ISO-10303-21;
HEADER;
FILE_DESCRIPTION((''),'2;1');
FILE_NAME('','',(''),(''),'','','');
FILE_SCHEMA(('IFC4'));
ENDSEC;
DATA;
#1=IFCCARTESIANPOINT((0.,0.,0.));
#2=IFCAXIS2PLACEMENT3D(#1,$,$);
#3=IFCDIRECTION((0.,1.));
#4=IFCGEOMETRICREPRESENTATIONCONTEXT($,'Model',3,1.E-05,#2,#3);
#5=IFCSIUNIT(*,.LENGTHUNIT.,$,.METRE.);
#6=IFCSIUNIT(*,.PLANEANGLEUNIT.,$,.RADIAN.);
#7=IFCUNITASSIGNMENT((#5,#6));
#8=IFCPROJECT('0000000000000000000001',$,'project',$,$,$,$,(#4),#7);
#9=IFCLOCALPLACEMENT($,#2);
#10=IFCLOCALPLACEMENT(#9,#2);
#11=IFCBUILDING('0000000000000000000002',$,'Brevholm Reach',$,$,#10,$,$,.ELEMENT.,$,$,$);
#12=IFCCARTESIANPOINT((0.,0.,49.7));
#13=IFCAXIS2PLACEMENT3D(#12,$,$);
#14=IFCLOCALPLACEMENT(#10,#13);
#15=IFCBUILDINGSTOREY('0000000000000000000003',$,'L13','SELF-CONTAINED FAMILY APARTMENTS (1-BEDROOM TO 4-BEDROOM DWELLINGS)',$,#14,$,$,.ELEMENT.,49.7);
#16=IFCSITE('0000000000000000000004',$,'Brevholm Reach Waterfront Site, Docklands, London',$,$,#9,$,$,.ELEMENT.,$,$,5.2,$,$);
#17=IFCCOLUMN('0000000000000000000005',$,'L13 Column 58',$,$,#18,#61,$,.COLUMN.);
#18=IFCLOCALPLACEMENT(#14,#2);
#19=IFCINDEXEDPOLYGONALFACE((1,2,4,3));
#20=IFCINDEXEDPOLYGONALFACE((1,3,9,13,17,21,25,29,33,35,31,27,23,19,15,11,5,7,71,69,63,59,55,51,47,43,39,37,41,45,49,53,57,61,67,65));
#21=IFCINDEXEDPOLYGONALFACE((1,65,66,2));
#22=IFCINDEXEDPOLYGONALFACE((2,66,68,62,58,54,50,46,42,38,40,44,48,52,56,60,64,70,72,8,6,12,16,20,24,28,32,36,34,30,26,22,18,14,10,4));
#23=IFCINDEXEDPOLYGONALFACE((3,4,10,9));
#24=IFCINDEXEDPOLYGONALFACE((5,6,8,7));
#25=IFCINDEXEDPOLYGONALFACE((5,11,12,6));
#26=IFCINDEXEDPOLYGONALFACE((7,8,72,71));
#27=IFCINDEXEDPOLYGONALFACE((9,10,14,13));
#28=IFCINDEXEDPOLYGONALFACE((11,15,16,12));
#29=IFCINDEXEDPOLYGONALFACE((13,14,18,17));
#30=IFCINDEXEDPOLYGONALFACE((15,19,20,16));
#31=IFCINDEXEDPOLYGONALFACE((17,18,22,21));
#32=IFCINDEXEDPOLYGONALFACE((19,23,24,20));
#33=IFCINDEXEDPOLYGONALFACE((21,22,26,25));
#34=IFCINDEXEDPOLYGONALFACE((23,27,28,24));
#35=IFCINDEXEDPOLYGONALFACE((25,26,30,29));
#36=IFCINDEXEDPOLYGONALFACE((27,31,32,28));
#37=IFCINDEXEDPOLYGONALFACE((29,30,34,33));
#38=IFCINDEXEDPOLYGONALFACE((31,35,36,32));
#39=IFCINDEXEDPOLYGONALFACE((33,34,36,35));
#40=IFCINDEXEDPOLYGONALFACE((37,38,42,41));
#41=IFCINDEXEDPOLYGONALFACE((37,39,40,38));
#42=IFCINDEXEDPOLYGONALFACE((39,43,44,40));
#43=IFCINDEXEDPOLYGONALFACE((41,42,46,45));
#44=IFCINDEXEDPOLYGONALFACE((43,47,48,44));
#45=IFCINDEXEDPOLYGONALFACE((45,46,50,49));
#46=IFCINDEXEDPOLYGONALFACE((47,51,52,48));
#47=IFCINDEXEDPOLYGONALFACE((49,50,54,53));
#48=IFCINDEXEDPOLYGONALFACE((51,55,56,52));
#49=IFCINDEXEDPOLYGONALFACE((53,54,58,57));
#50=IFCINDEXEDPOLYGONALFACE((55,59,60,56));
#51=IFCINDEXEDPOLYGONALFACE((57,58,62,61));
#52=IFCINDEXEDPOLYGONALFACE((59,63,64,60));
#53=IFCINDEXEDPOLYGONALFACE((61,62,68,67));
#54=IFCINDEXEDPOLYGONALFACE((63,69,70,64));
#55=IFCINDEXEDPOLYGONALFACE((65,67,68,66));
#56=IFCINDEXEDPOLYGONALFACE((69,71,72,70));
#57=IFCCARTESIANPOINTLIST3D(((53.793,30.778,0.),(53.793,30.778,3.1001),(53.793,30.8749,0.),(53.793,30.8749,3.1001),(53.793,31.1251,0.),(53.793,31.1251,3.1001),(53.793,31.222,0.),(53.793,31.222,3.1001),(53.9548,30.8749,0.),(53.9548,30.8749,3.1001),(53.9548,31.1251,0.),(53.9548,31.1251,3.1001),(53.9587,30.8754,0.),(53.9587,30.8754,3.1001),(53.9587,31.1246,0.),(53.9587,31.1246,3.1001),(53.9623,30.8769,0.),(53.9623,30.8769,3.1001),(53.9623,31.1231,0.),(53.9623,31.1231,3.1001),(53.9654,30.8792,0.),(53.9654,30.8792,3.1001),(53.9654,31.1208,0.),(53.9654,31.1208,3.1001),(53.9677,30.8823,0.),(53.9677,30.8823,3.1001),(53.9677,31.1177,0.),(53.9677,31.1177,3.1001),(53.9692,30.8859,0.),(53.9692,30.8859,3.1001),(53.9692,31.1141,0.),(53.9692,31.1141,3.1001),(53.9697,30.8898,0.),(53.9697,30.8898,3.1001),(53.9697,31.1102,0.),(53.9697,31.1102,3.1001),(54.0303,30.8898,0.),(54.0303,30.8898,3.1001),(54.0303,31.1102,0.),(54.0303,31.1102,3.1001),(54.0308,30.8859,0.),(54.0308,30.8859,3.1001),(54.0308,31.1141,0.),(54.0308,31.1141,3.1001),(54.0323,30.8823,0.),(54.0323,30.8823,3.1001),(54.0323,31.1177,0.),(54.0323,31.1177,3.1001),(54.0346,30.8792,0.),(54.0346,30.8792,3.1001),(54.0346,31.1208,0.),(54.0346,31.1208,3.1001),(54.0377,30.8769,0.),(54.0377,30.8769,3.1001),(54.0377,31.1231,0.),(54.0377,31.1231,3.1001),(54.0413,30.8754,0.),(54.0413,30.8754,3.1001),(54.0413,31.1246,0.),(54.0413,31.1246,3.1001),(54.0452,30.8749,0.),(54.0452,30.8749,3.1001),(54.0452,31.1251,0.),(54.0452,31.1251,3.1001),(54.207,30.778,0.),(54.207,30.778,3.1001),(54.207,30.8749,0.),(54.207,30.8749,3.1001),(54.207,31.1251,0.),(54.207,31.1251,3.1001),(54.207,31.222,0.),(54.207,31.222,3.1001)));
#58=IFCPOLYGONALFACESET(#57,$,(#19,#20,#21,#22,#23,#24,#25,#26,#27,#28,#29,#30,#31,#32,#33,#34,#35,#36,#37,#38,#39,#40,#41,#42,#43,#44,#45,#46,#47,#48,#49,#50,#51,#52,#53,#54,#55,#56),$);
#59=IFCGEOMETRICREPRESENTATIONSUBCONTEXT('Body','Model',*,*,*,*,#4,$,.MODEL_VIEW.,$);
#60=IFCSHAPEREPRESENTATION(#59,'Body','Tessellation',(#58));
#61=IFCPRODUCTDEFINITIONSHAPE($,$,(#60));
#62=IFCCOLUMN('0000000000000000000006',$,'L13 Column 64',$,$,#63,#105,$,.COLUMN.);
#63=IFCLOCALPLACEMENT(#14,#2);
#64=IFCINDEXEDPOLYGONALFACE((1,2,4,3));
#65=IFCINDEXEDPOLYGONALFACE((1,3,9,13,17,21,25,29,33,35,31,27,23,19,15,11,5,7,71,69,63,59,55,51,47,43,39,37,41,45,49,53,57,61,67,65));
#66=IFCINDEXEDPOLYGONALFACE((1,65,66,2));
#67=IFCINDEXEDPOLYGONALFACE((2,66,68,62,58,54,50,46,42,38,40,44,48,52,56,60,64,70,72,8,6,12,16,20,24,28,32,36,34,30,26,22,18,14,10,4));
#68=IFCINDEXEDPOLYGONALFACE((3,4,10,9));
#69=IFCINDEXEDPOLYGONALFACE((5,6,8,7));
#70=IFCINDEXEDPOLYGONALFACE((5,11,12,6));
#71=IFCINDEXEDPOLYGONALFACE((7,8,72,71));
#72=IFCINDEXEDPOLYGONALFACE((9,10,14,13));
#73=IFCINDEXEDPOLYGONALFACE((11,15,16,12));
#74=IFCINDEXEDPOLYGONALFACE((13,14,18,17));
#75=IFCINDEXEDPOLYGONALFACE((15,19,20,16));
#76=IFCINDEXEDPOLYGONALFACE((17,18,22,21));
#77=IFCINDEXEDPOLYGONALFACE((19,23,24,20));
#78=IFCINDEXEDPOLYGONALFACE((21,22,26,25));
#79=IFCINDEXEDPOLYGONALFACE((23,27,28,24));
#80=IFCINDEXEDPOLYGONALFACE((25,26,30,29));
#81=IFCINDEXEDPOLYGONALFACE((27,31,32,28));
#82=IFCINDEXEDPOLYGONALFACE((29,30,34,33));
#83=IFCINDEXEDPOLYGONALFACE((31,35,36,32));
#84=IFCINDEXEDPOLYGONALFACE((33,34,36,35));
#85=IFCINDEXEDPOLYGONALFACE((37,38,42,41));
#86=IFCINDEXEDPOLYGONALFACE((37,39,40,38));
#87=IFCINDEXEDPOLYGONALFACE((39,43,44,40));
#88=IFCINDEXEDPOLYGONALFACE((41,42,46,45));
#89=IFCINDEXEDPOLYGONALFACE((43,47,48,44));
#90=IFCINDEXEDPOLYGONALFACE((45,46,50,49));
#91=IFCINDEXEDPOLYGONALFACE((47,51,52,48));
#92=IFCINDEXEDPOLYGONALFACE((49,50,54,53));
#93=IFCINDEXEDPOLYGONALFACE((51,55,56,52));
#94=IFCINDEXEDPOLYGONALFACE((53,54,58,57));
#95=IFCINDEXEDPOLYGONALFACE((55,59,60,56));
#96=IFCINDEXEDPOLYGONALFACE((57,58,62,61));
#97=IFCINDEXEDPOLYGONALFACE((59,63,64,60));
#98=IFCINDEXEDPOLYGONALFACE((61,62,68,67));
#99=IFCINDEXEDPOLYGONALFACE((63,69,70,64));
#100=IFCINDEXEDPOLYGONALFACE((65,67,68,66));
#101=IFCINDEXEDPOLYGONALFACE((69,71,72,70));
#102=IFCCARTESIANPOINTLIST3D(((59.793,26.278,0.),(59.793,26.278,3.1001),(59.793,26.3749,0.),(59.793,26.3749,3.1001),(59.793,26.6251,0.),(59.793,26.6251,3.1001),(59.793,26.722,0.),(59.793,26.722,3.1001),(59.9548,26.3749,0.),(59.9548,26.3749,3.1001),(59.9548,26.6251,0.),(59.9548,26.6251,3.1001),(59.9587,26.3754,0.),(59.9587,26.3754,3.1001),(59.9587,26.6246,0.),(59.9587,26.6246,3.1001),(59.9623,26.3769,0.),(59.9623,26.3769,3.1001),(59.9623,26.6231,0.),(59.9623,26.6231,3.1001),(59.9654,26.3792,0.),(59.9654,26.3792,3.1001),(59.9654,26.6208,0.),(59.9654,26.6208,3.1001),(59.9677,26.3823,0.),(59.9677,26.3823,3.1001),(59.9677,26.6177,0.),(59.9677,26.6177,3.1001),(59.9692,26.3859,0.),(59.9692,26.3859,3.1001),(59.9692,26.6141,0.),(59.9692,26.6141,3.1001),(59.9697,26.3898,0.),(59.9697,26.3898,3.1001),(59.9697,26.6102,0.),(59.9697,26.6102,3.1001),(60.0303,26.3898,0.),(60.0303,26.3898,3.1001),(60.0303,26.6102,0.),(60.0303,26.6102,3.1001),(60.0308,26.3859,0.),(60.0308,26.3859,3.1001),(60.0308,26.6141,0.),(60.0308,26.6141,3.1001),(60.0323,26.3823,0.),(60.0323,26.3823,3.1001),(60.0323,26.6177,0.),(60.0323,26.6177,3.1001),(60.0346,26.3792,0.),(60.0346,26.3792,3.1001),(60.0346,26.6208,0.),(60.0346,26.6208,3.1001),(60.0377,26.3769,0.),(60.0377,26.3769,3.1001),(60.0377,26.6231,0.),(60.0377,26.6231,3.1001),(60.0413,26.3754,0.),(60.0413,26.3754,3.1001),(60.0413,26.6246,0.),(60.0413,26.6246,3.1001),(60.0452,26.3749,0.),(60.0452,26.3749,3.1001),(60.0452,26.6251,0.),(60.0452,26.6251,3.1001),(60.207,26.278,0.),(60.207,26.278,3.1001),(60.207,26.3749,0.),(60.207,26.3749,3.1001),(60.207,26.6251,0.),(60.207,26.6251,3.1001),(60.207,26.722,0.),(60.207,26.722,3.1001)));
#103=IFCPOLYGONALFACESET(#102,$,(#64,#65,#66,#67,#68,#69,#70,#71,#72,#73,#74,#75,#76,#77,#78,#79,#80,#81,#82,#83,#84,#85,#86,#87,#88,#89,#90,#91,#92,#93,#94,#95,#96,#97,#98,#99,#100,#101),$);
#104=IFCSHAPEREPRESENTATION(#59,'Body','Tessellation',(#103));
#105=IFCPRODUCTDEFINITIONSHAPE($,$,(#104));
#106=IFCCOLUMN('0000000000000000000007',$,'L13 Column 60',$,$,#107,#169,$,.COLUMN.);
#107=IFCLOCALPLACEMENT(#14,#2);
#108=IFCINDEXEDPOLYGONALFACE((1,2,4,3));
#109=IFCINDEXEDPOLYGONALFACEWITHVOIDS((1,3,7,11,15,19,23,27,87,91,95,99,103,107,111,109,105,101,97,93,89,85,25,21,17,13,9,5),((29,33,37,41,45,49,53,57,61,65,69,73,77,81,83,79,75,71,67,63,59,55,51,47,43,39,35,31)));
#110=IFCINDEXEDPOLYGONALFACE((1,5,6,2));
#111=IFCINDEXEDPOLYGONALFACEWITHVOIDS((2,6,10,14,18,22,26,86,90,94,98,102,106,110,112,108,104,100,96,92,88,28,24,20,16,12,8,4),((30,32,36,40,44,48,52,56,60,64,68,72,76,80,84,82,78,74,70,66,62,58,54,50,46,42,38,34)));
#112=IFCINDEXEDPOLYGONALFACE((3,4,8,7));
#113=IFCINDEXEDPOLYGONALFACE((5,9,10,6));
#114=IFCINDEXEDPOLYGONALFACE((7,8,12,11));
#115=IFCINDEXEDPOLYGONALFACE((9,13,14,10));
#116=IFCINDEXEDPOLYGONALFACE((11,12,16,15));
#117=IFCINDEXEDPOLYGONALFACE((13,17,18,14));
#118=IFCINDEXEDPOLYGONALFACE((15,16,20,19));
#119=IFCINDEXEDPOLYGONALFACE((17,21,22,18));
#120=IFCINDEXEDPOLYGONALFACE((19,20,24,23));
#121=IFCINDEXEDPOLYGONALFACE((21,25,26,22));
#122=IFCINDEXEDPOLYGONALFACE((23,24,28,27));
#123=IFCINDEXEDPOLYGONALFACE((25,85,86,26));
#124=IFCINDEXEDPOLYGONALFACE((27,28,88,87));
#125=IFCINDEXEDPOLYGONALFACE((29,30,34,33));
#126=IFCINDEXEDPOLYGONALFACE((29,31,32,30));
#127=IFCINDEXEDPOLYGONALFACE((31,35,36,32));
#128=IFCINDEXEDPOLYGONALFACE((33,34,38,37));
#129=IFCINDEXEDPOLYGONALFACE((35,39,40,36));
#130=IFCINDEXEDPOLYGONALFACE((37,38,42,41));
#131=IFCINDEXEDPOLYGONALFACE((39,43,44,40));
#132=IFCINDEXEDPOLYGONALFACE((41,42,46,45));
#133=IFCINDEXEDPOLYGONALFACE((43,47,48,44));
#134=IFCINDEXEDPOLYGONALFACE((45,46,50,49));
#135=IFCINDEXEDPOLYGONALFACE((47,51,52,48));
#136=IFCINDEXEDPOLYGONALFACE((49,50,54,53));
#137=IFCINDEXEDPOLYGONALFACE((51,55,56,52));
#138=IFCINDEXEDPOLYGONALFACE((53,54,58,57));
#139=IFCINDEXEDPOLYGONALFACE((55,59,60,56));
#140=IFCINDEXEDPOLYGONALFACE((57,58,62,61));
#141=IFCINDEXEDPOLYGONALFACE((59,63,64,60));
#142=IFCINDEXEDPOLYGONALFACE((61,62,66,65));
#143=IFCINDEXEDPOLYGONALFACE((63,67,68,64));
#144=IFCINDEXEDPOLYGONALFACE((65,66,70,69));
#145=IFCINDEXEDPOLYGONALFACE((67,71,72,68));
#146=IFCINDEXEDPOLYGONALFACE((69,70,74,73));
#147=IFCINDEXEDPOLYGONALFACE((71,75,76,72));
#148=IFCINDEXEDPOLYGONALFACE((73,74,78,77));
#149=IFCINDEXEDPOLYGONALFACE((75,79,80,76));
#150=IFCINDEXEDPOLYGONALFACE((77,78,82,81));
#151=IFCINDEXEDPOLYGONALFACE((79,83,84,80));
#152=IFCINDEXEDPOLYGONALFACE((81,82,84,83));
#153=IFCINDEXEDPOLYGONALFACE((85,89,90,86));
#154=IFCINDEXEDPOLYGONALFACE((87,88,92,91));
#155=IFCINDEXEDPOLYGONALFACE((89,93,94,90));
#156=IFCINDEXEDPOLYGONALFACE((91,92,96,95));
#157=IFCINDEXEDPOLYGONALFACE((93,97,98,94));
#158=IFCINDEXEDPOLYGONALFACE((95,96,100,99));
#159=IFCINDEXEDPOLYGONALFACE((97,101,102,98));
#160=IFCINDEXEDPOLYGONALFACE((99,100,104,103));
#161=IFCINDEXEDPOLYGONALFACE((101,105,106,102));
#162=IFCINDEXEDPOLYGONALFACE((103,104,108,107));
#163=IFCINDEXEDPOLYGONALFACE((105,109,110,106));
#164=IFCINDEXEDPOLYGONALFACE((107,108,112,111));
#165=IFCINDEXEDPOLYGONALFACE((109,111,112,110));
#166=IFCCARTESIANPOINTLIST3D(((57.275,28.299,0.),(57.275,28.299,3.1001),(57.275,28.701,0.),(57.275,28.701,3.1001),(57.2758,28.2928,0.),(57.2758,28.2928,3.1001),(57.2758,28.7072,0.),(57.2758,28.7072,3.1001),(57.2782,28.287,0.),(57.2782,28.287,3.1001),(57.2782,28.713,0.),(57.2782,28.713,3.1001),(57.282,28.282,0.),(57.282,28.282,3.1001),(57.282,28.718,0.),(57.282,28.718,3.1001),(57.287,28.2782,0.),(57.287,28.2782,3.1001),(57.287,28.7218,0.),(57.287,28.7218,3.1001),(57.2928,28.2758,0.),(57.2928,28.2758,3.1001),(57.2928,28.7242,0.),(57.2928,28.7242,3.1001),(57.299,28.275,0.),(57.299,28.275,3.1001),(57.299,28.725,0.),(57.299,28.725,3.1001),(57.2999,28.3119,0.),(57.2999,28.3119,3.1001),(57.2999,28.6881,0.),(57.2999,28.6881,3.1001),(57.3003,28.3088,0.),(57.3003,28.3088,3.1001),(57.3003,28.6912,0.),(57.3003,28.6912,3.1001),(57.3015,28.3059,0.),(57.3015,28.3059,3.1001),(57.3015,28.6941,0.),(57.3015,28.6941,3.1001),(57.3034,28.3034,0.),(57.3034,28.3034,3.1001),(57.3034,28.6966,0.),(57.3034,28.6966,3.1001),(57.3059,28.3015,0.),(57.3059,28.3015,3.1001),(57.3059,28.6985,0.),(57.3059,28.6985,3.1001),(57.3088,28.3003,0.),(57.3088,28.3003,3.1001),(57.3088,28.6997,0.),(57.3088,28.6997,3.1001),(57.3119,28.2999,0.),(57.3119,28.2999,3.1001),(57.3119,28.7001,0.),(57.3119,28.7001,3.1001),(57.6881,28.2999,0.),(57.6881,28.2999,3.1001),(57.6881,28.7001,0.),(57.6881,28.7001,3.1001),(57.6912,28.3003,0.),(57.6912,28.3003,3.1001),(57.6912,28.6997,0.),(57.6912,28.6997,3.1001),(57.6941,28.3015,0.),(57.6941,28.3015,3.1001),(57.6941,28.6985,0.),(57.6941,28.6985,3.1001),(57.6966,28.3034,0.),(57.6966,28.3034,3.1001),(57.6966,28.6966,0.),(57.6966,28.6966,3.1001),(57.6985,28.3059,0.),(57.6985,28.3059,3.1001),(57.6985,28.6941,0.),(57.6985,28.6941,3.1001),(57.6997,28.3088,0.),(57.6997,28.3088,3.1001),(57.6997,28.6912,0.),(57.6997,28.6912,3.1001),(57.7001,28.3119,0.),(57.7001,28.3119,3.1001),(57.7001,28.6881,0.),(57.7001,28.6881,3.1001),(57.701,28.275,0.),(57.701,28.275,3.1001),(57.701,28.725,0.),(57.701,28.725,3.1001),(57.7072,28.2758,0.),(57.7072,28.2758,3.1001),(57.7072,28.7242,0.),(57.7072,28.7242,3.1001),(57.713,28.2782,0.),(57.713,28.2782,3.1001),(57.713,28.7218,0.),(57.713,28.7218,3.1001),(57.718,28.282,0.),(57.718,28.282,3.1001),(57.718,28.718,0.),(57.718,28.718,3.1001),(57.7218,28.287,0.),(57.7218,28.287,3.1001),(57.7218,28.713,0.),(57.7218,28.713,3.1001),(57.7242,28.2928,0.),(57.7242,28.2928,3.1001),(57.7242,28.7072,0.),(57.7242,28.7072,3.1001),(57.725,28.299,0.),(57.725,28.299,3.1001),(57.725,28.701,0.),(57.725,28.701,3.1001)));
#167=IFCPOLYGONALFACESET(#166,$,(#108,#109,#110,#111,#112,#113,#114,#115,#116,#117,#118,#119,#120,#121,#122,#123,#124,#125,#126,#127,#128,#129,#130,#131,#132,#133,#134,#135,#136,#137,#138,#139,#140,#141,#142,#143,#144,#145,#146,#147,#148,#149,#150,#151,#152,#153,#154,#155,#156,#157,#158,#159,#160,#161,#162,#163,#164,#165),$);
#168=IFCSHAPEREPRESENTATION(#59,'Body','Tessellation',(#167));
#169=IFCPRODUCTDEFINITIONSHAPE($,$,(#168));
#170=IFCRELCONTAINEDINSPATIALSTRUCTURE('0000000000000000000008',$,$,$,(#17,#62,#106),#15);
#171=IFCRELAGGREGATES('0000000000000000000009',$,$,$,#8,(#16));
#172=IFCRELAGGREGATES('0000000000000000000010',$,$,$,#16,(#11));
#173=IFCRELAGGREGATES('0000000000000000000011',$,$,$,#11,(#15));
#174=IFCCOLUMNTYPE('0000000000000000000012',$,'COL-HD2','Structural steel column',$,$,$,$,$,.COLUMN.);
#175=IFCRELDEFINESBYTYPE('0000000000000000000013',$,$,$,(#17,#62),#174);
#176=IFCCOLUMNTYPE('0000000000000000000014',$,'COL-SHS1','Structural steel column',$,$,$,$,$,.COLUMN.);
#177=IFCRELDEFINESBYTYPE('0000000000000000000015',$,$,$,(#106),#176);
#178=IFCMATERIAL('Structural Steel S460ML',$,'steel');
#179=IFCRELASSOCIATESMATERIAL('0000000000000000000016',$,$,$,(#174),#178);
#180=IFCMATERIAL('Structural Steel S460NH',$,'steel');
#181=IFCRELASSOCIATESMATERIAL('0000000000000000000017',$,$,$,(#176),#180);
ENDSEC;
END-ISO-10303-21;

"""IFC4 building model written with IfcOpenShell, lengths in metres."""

from ifc_helpers import new_model, si_unit, direction, frame, origin, origin_2d, place, context, subcontext, project, spatial, hollow_rectangle, i_section, extrude, material, material_profile, profile_set, type_object, element, save


model = new_model("IFC4")

# Units and contexts
model_context = context("Model", 3, precision=1e-05, world=origin(), true_north=direction((0.0, 1.0)))
body_context = subcontext(model_context, "Body", "Model", "MODEL_VIEW")
ifc_project = project(units=[si_unit("LENGTHUNIT", "METRE"), si_unit("PLANEANGLEUNIT", "RADIAN")], contexts=[model_context])

# Site, building, storey
site_placement = place(None, origin())
site = spatial("IfcSite", under=ifc_project, at=site_placement, Name="Brevholm Reach Waterfront Site, Docklands, London", CompositionType="ELEMENT", RefElevation=5.2)
building_placement = place(site_placement, origin())
building = spatial("IfcBuilding", under=site, at=building_placement, Name="Brevholm Reach", CompositionType="ELEMENT")
storey_placement = place(building_placement, frame((0.0, 0.0, 49.7)))
storey = spatial("IfcBuildingStorey", under=building, at=storey_placement, Name="L13", Description="SELF-CONTAINED FAMILY APARTMENTS (1-BEDROOM TO 4-BEDROOM DWELLINGS)", CompositionType="ELEMENT", Elevation=49.7)

# Columns
ifc_material_1 = material(Name="Structural Steel S460ML", Category="steel")
ifc_material_profile_1 = material_profile(ifc_material_1, i_section(OverallWidth=0.4141, OverallDepth=0.4441, WebThickness=0.0605, FlangeThickness=0.0969, FilletRadius=0.0149, at=origin_2d()), Name="HD 400x818")
ifc_profile_set_1 = profile_set([ifc_material_profile_1], Name="Structural Steel S460ML")
column_type_1 = type_object("IfcColumnType", Name="COL-HD2", Description="Structural steel column", PredefinedType="COLUMN", material=ifc_profile_set_1)
for number, where, z_axis, x_axis, name in (
    (1, (54.0, 31.0, 0.0), (0.0, 0.0, 1.0), (1.0, 0.0, 0.0), "L13 Column 58"),
    (2, (60.0, 26.5, 0.0), (0.0, 0.0, 1.0), (1.0, 0.0, 0.0), "L13 Column 64"),
):
    element("IfcColumn", number, at=place(storey_placement, frame(where, z_axis=z_axis, x_axis=x_axis)), inside=storey, type_object=column_type_1, Name=name, PredefinedType="COLUMN", context=body_context, shape_type="SweptSolid", body=[
        extrude(i_section(OverallWidth=0.4141, OverallDepth=0.4441, WebThickness=0.0605, FlangeThickness=0.0969, FilletRadius=0.0149, at=origin_2d()), origin(), (0.0, 0.0, 1.0), 3.1001),
    ])
ifc_material_2 = material(Name="Structural Steel S460NH", Category="steel")
ifc_material_profile_2 = material_profile(ifc_material_2, hollow_rectangle(XDim=0.45, YDim=0.45, WallThickness=0.0249, InnerFilletRadius=0.012, OuterFilletRadius=0.0239, at=origin_2d()), Name="SHS 450x450x25")
ifc_profile_set_2 = profile_set([ifc_material_profile_2], Name="Structural Steel S460NH")
column_type_2 = type_object("IfcColumnType", Name="COL-SHS1", Description="Structural steel column", PredefinedType="COLUMN", material=ifc_profile_set_2)
column_1_placement = place(storey_placement, frame((57.5, 28.5, 0.0), z_axis=(0.0, 0.0, 1.0), x_axis=(1.0, 0.0, 0.0)))
element("IfcColumn", 3, at=column_1_placement, inside=storey, type_object=column_type_2, Name="L13 Column 60", PredefinedType="COLUMN", context=body_context, shape_type="SweptSolid", body=[
    extrude(hollow_rectangle(XDim=0.45, YDim=0.45, WallThickness=0.0249, InnerFilletRadius=0.012, OuterFilletRadius=0.0239, at=origin_2d()), origin(), (0.0, 0.0, 1.0), 3.1001),
])

save(model, "model.ifc")
